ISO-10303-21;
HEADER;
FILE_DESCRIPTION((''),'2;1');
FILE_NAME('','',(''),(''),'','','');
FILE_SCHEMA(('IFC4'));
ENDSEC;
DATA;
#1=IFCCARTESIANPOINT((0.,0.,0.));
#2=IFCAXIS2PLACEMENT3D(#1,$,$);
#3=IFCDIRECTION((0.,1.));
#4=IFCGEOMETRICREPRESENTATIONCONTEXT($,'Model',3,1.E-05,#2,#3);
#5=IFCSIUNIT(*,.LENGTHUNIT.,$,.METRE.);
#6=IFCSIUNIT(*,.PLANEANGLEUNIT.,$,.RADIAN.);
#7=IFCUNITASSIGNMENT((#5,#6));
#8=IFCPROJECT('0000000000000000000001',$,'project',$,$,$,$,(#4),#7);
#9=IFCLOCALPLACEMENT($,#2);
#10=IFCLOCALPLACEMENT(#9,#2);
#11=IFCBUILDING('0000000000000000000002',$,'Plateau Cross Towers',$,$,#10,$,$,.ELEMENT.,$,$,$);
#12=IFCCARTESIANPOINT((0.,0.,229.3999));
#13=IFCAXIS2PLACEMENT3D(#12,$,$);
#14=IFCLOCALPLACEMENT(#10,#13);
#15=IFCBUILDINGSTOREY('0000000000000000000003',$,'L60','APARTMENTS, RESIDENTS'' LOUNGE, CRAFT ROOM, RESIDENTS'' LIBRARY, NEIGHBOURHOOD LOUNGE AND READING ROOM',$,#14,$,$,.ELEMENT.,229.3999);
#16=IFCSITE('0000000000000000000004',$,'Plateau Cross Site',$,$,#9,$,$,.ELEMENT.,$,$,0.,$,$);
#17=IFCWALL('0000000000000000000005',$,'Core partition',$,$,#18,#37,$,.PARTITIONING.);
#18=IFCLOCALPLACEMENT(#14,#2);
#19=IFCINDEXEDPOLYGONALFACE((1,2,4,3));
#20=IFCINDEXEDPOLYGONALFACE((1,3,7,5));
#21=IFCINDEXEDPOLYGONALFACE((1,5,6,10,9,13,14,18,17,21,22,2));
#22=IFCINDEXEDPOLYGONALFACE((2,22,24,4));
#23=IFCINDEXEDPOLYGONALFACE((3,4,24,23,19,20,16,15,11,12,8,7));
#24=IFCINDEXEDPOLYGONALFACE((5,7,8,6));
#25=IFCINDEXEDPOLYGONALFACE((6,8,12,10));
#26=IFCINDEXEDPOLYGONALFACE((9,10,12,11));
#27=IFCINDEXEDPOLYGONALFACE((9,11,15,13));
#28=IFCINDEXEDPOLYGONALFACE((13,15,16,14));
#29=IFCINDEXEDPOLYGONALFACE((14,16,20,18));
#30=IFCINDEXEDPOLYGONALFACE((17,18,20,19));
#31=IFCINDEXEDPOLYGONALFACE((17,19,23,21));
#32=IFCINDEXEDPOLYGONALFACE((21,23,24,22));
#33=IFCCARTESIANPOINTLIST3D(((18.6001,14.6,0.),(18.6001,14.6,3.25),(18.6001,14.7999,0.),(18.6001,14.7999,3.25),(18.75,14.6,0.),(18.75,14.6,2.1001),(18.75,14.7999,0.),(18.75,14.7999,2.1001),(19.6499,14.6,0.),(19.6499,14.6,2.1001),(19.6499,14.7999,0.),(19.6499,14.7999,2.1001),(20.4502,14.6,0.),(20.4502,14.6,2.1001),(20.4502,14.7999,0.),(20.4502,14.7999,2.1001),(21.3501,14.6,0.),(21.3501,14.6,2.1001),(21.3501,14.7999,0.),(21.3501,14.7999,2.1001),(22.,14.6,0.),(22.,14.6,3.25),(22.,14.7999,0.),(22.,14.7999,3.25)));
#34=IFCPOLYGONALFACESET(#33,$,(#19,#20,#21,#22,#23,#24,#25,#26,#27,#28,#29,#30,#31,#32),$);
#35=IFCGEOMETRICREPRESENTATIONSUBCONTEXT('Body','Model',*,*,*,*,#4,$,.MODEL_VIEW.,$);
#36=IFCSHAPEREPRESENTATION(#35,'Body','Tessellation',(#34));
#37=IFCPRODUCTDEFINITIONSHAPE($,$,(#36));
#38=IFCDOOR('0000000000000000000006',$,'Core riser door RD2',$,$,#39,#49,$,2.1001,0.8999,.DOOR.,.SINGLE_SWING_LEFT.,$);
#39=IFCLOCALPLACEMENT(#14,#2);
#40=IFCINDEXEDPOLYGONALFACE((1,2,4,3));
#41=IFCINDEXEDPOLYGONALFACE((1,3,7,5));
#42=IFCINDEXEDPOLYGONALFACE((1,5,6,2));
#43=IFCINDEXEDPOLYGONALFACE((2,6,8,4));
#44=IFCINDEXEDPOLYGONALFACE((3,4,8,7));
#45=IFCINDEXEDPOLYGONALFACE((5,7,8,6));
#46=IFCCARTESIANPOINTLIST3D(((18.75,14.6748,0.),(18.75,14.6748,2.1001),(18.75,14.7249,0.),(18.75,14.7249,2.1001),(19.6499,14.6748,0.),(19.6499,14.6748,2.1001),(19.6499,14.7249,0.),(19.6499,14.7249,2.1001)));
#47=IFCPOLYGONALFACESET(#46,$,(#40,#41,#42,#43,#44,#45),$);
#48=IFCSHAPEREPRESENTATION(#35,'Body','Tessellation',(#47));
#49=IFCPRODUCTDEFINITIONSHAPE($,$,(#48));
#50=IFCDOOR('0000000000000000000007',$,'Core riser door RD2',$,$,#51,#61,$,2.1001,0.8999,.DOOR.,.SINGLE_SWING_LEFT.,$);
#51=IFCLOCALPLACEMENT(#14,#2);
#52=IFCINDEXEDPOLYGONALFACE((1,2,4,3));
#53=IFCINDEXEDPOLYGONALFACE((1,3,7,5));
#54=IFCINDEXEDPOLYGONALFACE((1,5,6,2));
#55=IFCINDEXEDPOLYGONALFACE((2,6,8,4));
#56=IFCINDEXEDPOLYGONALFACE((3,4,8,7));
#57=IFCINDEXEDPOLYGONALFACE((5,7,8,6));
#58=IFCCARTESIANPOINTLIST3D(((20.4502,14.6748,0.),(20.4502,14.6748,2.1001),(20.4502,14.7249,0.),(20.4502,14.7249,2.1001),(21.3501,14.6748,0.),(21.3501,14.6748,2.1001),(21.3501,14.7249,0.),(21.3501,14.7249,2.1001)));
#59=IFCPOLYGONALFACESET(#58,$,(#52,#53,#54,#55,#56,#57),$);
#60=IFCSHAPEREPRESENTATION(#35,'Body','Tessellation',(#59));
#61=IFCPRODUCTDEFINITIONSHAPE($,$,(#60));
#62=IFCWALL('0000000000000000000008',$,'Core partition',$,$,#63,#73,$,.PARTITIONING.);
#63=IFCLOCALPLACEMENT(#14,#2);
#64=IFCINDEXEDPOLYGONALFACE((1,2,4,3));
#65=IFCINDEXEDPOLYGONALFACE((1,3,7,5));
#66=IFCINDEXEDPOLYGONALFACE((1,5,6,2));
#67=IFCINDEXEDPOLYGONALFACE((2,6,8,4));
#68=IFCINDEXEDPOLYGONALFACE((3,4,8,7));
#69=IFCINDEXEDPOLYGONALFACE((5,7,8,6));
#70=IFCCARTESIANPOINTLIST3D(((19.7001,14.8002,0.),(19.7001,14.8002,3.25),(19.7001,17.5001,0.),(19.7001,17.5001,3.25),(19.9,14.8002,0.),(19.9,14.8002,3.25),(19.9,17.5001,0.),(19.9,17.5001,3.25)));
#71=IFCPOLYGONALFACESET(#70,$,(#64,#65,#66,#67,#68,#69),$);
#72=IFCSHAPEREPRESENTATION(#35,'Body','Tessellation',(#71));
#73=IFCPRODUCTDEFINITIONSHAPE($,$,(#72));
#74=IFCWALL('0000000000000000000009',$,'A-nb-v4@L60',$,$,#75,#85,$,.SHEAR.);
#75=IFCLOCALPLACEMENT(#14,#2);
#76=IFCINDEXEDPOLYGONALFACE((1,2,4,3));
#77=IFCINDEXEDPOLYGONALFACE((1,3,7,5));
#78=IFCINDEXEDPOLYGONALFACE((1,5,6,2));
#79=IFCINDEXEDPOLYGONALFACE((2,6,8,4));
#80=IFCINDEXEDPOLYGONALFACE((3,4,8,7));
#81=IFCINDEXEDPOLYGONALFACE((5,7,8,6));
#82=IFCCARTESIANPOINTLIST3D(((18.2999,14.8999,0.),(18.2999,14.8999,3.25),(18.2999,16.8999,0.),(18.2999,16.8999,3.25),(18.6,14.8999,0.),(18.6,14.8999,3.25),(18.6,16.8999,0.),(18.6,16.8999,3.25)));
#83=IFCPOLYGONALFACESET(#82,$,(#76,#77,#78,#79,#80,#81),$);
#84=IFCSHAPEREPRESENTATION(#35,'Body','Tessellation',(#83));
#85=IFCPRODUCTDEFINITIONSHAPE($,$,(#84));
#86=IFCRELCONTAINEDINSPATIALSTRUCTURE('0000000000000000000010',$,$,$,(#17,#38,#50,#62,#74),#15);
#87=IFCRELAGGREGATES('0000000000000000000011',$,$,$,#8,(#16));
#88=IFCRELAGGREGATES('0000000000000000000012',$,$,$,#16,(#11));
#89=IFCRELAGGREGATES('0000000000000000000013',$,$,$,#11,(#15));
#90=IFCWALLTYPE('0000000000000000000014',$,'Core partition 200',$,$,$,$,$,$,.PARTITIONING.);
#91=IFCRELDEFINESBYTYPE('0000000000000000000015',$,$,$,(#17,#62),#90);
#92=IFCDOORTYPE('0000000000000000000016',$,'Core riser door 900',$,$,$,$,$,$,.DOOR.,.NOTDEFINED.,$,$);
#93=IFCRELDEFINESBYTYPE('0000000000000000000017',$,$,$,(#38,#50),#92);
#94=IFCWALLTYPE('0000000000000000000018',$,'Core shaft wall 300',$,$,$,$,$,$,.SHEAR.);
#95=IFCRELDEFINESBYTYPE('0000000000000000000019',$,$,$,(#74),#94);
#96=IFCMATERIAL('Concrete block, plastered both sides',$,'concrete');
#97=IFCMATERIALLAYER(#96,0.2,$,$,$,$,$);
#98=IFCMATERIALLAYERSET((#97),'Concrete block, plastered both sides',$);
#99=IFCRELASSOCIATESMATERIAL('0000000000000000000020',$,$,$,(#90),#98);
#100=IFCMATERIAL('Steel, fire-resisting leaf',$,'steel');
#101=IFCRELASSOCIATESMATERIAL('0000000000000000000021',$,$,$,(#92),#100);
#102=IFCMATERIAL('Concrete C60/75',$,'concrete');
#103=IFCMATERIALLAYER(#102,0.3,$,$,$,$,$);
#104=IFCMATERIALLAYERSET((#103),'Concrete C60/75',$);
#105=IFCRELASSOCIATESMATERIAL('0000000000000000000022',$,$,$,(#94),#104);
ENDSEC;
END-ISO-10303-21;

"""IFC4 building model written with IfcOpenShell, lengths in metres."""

from ifc_helpers import new_model, si_unit, direction, frame, frame_2d, origin, place, context, subcontext, project, spatial, rectangle, extrude, material, layer, layer_set, type_object, element, fill, save


model = new_model("IFC4")

# Units and contexts
model_context = context("Model", 3, precision=1e-05, world=origin(), true_north=direction((0.0, 1.0)))
body_context = subcontext(model_context, "Body", "Model", "MODEL_VIEW")
ifc_project = project(units=[si_unit("LENGTHUNIT", "METRE"), si_unit("PLANEANGLEUNIT", "RADIAN")], contexts=[model_context])

# Site, building, storey
site_placement = place(None, origin())
site = spatial("IfcSite", under=ifc_project, at=site_placement, Name="Plateau Cross Site", CompositionType="ELEMENT", RefElevation=0.0)
building_placement = place(site_placement, origin())
building = spatial("IfcBuilding", under=site, at=building_placement, Name="Plateau Cross Towers", CompositionType="ELEMENT")
storey_placement = place(building_placement, frame((0.0, 0.0, 229.3999)))
storey = spatial("IfcBuildingStorey", under=building, at=storey_placement, Name="L60", Description="APARTMENTS, RESIDENTS' LOUNGE, CRAFT ROOM, RESIDENTS' LIBRARY, NEIGHBOURHOOD LOUNGE AND READING ROOM", CompositionType="ELEMENT", Elevation=229.3999)

# Wall, openings, doors
ifc_material_1 = material(Name="Concrete block, plastered both sides", Category="concrete")
ifc_layer_1 = layer(ifc_material_1, 0.2)
ifc_layer_set_1 = layer_set([ifc_layer_1], Name="Concrete block, plastered both sides")
wall_type_1 = type_object("IfcWallType", Name="Core partition 200", PredefinedType="PARTITIONING", material=ifc_layer_set_1)
wall_1_placement = place(storey_placement, frame((18.6001, 14.7, 0.0), z_axis=(0.0, 0.0, 1.0), x_axis=(1.0, 0.0, 0.0)))
wall_1 = element("IfcWall", 1, at=wall_1_placement, inside=storey, type_object=wall_type_1, Name="Core partition", PredefinedType="PARTITIONING", context=body_context, shape_type="SweptSolid", body=[
    extrude(rectangle(XDim=3.3999, YDim=0.2, at=frame_2d((1.7, 0.0))), origin(), (0.0, 0.0, 1.0), 3.25),
])
opening_1_placement = place(wall_1_placement, frame((0.1499, 0.0, 0.0)))
opening_1 = element("IfcOpeningElement", 2, at=opening_1_placement, cuts=wall_1, PredefinedType="OPENING", context=body_context, shape_type="SweptSolid", body=[
    extrude(rectangle(XDim=0.8999, YDim=2.1001, at=frame_2d((0.45, 1.05))), frame((0.0, 0.1099, 0.0), z_axis=(0.0, -1.0, 0.0), x_axis=(1.0, 0.0, 0.0)), (0.0, 0.0, 1.0), 0.22),
])
opening_2_placement = place(wall_1_placement, frame((1.8501, 0.0, 0.0)))
opening_2 = element("IfcOpeningElement", 3, at=opening_2_placement, cuts=wall_1, PredefinedType="OPENING", context=body_context, shape_type="SweptSolid", body=[
    extrude(rectangle(XDim=0.8999, YDim=2.1001, at=frame_2d((0.45, 1.05))), frame((0.0, 0.1099, 0.0), z_axis=(0.0, -1.0, 0.0), x_axis=(1.0, 0.0, 0.0)), (0.0, 0.0, 1.0), 0.22),
])
ifc_material_2 = material(Name="Steel, fire-resisting leaf", Category="steel")
door_type_1 = type_object("IfcDoorType", Name="Core riser door 900", OperationType="NOTDEFINED", PredefinedType="DOOR", material=ifc_material_2)
door_1_placement = place(opening_1_placement, origin())
door_1 = element("IfcDoor", 4, at=door_1_placement, inside=storey, type_object=door_type_1, Name="Core riser door RD2", OperationType="SINGLE_SWING_LEFT", OverallHeight=2.1001, OverallWidth=0.8999, PredefinedType="DOOR", context=body_context, shape_type="SweptSolid", body=[
    extrude(rectangle(XDim=0.8999, YDim=2.1001, at=frame_2d((0.45, 1.05))), frame((0.0, 0.0249, 0.0), z_axis=(0.0, -1.0, 0.0), x_axis=(1.0, 0.0, 0.0)), (0.0, 0.0, 1.0), 0.05),
])
fill(opening_1, door_1)
door_2_placement = place(opening_2_placement, origin())
door_2 = element("IfcDoor", 5, at=door_2_placement, inside=storey, type_object=door_type_1, Name="Core riser door RD2", OperationType="SINGLE_SWING_LEFT", OverallHeight=2.1001, OverallWidth=0.8999, PredefinedType="DOOR", context=body_context, shape_type="SweptSolid", body=[
    extrude(rectangle(XDim=0.8999, YDim=2.1001, at=frame_2d((0.45, 1.05))), frame((0.0, 0.0249, 0.0), z_axis=(0.0, -1.0, 0.0), x_axis=(1.0, 0.0, 0.0)), (0.0, 0.0, 1.0), 0.05),
])
fill(opening_2, door_2)

# Walls
wall_2_placement = place(storey_placement, frame((19.8, 14.8, 0.0), z_axis=(0.0, 0.0, 1.0), x_axis=(0.0, 1.0, 0.0)))
element("IfcWall", 6, at=wall_2_placement, inside=storey, type_object=wall_type_1, Name="Core partition", PredefinedType="PARTITIONING", context=body_context, shape_type="SweptSolid", body=[
    extrude(rectangle(XDim=2.7, YDim=0.2, at=frame_2d((1.3501, 0.0))), origin(), (0.0, 0.0, 1.0), 3.25),
])
ifc_material_3 = material(Name="Concrete C60/75", Category="concrete")
ifc_layer_2 = layer(ifc_material_3, 0.3)
ifc_layer_set_2 = layer_set([ifc_layer_2], Name="Concrete C60/75")
wall_type_2 = type_object("IfcWallType", Name="Core shaft wall 300", PredefinedType="SHEAR", material=ifc_layer_set_2)
wall_3_placement = place(storey_placement, frame((18.45, 14.8999, 0.0), z_axis=(0.0, 0.0, 1.0), x_axis=(0.0, 1.0, 0.0)))
element("IfcWall", 7, at=wall_3_placement, inside=storey, type_object=wall_type_2, Name="A-nb-v4@L60", PredefinedType="SHEAR", context=body_context, shape_type="SweptSolid", body=[
    extrude(rectangle(XDim=2.0, YDim=0.3, at=frame_2d((1.0, 0.0))), origin(), (0.0, 0.0, 1.0), 3.25),
])

save(model, "model.ifc")
